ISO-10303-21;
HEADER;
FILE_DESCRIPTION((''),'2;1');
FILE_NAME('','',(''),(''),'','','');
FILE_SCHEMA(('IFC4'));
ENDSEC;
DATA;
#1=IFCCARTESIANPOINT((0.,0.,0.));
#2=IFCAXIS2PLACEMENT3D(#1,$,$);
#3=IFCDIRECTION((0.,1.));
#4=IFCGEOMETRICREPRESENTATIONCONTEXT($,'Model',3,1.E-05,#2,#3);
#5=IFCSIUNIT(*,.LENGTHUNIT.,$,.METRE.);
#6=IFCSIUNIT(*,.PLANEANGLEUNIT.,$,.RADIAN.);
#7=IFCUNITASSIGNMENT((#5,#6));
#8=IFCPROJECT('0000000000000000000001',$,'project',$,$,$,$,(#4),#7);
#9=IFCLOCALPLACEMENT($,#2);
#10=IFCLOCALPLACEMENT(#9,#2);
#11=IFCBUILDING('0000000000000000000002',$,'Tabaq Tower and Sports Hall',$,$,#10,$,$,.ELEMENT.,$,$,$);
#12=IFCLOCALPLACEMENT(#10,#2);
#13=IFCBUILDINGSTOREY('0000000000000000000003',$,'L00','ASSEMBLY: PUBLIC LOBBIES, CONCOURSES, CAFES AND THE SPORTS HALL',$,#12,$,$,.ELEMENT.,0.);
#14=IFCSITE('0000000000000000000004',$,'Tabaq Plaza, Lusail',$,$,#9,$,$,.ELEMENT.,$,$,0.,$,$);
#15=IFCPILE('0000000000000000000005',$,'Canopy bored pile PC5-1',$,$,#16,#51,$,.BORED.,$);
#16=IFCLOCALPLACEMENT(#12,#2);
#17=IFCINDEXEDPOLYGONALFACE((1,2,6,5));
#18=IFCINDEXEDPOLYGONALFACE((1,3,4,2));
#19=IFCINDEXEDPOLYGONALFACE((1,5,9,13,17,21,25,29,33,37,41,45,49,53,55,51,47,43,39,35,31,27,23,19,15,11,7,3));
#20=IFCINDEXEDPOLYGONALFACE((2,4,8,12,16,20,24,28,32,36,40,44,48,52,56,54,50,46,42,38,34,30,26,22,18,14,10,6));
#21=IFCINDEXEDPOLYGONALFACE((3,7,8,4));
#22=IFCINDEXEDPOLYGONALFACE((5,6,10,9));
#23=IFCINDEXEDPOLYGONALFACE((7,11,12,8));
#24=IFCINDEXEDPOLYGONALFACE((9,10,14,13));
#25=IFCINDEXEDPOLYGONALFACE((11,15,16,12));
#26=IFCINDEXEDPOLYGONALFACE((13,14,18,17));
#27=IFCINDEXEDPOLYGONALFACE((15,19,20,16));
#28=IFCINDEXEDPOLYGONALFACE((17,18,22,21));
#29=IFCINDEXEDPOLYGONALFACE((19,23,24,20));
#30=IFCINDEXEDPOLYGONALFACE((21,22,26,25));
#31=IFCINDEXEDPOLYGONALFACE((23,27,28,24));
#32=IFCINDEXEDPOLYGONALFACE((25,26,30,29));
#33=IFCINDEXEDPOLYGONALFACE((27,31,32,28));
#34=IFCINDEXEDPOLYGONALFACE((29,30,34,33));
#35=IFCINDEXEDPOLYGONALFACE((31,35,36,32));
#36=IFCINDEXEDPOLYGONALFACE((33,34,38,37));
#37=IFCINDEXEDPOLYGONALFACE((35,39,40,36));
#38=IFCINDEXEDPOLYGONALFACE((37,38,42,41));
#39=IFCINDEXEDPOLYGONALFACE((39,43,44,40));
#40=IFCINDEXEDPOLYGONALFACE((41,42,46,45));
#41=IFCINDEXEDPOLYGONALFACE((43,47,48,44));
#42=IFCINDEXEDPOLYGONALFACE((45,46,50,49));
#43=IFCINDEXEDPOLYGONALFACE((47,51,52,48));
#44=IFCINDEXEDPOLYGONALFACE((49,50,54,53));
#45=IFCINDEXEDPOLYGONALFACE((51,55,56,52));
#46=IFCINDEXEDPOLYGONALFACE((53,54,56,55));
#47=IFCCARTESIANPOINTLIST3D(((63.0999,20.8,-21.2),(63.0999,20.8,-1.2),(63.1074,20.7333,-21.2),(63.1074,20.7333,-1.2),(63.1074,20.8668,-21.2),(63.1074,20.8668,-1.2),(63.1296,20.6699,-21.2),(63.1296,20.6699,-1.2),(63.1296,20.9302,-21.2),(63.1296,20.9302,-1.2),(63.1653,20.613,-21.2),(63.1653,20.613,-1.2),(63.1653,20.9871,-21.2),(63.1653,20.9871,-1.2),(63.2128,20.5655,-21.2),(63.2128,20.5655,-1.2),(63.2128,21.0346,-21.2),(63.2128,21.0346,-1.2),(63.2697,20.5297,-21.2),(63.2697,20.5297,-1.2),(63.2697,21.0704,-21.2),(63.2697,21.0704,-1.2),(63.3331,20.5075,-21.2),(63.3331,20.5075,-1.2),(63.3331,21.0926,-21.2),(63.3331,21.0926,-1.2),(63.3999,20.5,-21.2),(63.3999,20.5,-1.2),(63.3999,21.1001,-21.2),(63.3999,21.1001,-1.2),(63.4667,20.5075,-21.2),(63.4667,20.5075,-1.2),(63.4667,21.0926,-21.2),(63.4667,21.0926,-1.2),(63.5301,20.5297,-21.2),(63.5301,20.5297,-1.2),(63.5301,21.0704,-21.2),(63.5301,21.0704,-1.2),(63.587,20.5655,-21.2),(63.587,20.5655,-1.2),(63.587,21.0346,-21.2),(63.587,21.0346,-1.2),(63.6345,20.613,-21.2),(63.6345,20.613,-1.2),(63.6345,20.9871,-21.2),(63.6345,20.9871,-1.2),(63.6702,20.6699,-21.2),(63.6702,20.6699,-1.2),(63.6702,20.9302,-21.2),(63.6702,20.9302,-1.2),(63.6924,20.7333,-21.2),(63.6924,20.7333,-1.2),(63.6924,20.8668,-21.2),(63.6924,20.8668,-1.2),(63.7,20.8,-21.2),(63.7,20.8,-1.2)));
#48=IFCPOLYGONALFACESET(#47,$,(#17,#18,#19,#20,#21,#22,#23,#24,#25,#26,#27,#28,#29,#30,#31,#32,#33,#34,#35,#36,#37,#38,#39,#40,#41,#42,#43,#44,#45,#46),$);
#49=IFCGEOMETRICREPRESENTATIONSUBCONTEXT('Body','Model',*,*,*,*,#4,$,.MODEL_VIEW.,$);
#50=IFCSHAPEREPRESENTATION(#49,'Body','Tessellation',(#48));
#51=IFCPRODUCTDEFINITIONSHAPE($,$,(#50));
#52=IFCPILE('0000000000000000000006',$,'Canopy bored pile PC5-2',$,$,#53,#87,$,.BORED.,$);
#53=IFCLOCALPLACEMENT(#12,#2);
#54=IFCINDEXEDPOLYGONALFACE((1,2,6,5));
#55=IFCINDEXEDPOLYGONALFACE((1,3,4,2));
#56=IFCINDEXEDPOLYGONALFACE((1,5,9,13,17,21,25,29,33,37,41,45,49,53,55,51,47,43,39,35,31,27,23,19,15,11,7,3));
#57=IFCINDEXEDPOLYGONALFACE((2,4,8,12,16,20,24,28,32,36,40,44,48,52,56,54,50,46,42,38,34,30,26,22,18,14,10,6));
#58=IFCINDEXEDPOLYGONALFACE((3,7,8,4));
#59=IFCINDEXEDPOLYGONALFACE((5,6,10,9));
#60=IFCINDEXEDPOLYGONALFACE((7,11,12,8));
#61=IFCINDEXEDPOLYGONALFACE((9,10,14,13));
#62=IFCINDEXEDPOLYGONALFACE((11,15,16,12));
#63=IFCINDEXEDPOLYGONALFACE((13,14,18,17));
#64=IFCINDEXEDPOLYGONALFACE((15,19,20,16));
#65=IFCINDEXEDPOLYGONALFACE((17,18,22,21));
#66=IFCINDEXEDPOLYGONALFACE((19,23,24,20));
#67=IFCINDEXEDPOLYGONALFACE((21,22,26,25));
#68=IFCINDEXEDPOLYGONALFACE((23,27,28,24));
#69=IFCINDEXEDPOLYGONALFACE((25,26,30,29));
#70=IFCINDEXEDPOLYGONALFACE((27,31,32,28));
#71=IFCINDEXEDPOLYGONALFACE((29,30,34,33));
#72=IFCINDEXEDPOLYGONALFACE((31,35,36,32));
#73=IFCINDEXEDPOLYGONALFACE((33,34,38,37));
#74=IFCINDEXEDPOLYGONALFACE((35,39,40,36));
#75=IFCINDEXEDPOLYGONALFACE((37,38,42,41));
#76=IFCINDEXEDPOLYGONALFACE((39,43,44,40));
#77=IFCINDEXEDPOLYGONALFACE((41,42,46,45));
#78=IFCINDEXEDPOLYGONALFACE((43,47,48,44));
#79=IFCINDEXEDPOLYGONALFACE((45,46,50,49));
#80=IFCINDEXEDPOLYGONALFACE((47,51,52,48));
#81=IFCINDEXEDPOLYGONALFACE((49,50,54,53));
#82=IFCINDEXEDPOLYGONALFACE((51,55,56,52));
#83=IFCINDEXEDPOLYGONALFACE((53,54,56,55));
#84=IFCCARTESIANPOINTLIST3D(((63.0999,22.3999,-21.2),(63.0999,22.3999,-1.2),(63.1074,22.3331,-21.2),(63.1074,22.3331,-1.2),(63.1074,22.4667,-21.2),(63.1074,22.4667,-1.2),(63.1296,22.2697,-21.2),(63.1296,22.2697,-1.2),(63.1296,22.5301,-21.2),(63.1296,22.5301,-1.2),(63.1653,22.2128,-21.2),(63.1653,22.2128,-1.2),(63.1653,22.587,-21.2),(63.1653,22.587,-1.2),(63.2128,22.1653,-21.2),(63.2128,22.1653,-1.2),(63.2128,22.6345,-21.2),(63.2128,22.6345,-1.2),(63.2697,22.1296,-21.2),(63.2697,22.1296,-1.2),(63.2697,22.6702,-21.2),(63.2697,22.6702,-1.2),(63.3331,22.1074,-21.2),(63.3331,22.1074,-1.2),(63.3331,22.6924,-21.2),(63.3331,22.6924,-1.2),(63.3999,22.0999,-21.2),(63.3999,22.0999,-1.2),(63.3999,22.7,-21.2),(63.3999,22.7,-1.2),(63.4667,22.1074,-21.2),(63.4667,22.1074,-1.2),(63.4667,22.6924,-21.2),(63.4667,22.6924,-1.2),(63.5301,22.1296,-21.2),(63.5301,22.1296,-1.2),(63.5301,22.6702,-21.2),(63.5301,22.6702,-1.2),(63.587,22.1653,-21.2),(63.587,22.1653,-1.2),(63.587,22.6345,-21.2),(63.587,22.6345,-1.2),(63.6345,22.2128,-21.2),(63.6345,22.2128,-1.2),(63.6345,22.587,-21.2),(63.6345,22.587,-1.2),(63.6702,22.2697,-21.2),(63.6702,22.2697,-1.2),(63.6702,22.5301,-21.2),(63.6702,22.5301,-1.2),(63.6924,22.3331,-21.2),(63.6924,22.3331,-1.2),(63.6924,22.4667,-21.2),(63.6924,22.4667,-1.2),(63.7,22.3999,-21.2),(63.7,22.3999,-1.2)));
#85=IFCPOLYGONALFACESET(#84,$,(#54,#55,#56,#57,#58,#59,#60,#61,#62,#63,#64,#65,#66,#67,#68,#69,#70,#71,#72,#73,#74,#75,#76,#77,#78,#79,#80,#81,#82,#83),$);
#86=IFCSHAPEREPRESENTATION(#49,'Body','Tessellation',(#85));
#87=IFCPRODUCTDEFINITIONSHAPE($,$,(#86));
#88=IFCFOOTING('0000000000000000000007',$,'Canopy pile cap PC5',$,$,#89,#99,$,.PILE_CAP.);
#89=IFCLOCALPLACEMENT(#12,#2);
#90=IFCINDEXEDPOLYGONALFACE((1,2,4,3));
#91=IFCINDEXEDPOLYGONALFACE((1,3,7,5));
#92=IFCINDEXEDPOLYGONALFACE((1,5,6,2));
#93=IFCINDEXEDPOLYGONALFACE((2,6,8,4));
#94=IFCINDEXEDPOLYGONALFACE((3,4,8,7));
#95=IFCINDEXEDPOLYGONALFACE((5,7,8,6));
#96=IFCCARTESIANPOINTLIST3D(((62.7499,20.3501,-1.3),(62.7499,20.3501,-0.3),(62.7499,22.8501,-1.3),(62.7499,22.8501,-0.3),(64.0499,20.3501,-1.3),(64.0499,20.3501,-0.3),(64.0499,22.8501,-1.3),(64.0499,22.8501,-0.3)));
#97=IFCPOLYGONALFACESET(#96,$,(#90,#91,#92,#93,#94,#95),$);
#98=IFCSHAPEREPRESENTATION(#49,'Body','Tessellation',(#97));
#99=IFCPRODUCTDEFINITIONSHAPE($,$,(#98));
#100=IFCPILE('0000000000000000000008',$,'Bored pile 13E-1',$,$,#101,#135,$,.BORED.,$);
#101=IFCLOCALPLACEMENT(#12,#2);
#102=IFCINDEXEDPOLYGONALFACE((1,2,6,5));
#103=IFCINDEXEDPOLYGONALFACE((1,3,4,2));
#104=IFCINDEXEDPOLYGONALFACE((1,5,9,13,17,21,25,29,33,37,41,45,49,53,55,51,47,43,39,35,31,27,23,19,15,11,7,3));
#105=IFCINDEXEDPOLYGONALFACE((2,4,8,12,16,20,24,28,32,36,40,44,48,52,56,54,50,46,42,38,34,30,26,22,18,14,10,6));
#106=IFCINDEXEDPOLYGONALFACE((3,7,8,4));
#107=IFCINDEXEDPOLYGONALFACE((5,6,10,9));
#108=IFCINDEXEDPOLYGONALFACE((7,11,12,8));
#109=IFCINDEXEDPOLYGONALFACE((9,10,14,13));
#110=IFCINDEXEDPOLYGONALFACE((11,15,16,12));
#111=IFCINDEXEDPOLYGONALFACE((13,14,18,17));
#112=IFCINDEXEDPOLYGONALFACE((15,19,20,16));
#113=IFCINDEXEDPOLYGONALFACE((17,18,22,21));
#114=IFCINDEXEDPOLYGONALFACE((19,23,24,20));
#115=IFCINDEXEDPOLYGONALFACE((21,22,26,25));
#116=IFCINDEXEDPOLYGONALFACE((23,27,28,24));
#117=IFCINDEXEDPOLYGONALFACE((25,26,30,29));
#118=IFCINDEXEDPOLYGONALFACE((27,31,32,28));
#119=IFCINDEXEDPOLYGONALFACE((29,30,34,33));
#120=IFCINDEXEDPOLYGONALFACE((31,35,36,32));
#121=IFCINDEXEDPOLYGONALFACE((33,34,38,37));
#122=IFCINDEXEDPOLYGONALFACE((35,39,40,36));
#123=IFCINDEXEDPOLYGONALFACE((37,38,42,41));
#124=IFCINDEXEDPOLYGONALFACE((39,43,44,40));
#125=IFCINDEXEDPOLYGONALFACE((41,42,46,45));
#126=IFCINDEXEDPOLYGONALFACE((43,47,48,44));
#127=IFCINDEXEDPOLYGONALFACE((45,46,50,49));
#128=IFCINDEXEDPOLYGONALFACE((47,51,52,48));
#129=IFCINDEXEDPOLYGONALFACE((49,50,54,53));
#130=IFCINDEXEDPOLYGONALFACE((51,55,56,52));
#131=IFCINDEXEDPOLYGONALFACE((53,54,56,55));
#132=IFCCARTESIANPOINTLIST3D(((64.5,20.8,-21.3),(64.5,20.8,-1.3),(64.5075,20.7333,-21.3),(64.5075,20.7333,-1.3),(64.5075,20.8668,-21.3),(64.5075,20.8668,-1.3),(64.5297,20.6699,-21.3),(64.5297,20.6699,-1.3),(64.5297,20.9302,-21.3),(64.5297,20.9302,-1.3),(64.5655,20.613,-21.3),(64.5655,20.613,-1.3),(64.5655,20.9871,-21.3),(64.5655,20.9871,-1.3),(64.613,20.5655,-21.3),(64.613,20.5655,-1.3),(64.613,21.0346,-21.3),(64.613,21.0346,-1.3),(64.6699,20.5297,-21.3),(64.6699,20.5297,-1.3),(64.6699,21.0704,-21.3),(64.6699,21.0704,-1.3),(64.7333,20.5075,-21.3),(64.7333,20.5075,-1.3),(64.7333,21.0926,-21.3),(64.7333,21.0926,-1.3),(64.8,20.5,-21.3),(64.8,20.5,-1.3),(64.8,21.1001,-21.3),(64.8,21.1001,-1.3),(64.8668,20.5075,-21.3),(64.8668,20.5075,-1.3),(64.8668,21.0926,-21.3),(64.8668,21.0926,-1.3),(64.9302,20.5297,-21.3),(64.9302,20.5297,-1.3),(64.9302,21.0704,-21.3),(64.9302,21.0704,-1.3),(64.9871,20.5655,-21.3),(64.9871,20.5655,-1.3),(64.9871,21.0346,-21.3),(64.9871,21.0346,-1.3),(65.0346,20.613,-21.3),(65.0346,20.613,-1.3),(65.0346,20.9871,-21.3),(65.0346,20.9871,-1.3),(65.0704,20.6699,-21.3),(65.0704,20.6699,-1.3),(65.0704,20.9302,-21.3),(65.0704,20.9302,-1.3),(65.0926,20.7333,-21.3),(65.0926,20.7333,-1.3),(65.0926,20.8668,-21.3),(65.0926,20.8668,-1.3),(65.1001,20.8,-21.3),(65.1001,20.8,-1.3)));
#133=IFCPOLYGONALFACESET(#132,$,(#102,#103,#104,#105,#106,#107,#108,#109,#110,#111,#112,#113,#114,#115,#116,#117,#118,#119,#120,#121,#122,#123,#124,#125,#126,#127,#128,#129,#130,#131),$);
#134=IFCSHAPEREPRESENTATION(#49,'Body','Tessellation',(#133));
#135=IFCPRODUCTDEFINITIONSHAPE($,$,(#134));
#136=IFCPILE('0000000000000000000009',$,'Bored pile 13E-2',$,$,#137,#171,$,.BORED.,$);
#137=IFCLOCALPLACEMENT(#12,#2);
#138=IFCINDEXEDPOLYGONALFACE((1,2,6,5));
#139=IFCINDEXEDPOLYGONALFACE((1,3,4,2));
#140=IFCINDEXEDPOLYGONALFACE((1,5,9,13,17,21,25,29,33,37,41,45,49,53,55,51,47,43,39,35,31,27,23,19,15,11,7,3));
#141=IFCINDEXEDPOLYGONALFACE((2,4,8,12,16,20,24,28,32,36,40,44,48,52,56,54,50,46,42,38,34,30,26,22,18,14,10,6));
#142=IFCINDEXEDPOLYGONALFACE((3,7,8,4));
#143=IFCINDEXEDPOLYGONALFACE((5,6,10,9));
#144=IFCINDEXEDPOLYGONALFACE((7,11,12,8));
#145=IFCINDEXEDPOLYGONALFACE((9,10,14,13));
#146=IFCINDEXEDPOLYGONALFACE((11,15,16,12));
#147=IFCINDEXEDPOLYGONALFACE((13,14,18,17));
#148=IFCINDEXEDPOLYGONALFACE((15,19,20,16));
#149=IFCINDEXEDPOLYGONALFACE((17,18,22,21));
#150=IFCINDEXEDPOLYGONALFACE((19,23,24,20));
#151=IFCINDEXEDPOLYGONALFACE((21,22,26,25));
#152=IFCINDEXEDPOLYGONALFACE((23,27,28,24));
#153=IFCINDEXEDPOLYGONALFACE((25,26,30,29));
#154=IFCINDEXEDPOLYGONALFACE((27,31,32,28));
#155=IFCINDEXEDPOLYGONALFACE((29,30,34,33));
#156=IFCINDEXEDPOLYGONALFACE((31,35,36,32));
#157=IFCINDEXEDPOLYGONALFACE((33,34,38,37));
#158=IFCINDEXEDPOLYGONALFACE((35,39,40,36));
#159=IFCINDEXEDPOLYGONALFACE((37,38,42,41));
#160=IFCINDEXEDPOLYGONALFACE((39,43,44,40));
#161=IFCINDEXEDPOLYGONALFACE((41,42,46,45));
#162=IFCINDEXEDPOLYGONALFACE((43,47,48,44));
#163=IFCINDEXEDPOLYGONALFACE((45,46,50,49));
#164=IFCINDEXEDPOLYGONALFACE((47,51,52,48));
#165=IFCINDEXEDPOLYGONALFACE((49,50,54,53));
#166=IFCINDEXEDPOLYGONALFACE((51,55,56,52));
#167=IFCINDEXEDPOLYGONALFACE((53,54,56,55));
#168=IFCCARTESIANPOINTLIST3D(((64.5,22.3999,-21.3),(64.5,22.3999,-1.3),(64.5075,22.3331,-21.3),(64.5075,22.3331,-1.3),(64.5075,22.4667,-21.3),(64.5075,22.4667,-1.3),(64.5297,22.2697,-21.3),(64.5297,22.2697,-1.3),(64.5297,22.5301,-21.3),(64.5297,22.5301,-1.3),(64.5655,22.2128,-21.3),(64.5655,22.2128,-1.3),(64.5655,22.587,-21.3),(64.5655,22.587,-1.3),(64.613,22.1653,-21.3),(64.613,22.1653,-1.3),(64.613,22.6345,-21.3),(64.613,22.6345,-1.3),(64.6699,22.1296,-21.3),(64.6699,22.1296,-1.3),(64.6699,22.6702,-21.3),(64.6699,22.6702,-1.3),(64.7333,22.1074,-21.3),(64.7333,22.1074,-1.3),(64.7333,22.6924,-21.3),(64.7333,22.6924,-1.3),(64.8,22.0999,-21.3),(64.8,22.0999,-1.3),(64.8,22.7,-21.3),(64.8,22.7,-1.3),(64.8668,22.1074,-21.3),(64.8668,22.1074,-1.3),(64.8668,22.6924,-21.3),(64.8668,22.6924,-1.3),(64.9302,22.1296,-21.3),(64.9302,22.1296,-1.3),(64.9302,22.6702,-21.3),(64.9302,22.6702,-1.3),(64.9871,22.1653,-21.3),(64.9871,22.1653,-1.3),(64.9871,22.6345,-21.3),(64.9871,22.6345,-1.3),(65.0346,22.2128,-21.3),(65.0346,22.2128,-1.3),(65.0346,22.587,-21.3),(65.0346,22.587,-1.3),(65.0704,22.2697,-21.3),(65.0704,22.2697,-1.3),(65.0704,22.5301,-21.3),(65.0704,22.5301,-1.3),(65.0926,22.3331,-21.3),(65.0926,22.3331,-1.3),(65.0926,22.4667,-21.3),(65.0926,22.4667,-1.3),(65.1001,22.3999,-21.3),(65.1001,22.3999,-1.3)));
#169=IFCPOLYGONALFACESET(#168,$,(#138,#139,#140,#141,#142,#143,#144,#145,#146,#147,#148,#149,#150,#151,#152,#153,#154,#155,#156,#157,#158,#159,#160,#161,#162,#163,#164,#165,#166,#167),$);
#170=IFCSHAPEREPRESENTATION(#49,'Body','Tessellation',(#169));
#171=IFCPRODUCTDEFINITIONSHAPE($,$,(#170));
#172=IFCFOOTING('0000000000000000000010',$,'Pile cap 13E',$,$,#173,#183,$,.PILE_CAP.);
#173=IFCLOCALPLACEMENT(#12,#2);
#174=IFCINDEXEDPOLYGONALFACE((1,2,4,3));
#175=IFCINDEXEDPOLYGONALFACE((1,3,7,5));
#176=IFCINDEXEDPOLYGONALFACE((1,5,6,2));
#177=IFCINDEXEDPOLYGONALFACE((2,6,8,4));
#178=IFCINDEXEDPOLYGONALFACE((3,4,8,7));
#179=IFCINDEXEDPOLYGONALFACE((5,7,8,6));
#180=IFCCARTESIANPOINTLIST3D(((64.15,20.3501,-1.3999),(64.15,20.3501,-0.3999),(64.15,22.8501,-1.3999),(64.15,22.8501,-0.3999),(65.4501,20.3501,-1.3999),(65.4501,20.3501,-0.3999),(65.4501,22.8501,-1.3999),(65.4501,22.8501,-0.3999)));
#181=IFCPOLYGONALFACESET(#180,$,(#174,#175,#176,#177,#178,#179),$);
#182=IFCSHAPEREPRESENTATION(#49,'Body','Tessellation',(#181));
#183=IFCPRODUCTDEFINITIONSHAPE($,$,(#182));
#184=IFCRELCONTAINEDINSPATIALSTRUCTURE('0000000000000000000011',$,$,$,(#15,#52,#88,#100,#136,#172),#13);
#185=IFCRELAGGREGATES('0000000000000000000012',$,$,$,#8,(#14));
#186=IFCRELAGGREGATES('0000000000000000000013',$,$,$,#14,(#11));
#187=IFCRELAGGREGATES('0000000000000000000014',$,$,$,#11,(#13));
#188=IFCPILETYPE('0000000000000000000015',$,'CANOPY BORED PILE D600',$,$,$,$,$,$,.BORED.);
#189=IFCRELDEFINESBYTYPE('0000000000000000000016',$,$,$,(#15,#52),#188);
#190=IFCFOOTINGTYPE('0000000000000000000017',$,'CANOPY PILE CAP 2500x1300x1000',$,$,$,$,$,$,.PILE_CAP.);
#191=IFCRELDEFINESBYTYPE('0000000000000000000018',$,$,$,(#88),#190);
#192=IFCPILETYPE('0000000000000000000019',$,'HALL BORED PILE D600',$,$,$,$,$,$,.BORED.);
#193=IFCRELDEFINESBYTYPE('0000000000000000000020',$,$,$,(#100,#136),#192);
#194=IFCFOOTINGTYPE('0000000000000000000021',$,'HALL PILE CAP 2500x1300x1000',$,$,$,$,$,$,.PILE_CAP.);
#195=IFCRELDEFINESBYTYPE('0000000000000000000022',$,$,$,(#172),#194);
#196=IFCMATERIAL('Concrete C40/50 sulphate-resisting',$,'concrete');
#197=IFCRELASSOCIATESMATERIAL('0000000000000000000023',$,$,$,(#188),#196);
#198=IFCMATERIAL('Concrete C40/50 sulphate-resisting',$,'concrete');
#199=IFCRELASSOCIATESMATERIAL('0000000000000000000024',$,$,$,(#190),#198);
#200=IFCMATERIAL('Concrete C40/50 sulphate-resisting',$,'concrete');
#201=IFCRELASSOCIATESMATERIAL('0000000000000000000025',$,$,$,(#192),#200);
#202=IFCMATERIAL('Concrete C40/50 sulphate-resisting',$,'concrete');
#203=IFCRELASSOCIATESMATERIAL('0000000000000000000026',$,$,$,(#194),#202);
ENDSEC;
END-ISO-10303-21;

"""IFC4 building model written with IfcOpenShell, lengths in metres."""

from ifc_helpers import new_model, si_unit, direction, frame, origin, origin_2d, place, context, subcontext, project, spatial, rectangle, circle, extrude, material, material_profile, profile_set, type_object, element, save


model = new_model("IFC4")

# Units and contexts
model_context = context("Model", 3, precision=1e-05, world=origin(), true_north=direction((0.0, 1.0)))
body_context = subcontext(model_context, "Body", "Model", "MODEL_VIEW")
ifc_project = project(units=[si_unit("LENGTHUNIT", "METRE"), si_unit("PLANEANGLEUNIT", "RADIAN")], contexts=[model_context])

# Site, building, storey
site_placement = place(None, origin())
site = spatial("IfcSite", under=ifc_project, at=site_placement, Name="Tabaq Plaza, Lusail", CompositionType="ELEMENT", RefElevation=0.0)
building_placement = place(site_placement, origin())
building = spatial("IfcBuilding", under=site, at=building_placement, Name="Tabaq Tower and Sports Hall", CompositionType="ELEMENT")
storey_placement = place(building_placement, origin())
storey = spatial("IfcBuildingStorey", under=building, at=storey_placement, Name="L00", Description="ASSEMBLY: PUBLIC LOBBIES, CONCOURSES, CAFES AND THE SPORTS HALL", CompositionType="ELEMENT", Elevation=0.0)

# Piles
ifc_material_1 = material(Name="Concrete C40/50 sulphate-resisting", Category="concrete")
ifc_material_profile_1 = material_profile(ifc_material_1, circle(Radius=0.3, at=origin_2d()), Name="D600")
ifc_profile_set_1 = profile_set([ifc_material_profile_1], Name="Concrete C40/50 sulphate-resisting")
pile_type_1 = type_object("IfcPileType", Name="CANOPY BORED PILE D600", PredefinedType="BORED", material=ifc_profile_set_1)
for number, where, z_axis, x_axis, name in (
    (1, (63.3999, 20.8, -1.2), (0.0, 0.0, -1.0), (1.0, 0.0, 0.0), "Canopy bored pile PC5-1"),
    (2, (63.3999, 22.3999, -1.2), (0.0, 0.0, -1.0), (1.0, 0.0, 0.0), "Canopy bored pile PC5-2"),
):
    element("IfcPile", number, at=place(storey_placement, frame(where, z_axis=z_axis, x_axis=x_axis)), inside=storey, type_object=pile_type_1, Name=name, PredefinedType="BORED", context=body_context, shape_type="SweptSolid", body=[
        extrude(circle(Radius=0.3, at=origin_2d()), origin(), (0.0, 0.0, 1.0), 20.0),
    ])

# Footing
ifc_material_2 = material(Name="Concrete C40/50 sulphate-resisting", Category="concrete")
footing_type_1 = type_object("IfcFootingType", Name="CANOPY PILE CAP 2500x1300x1000", PredefinedType="PILE_CAP", material=ifc_material_2)
footing_1_placement = place(storey_placement, frame((63.3999, 21.6001, -1.3), z_axis=(0.0, 0.0, 1.0), x_axis=(0.0, 1.0, 0.0)))
element("IfcFooting", 3, at=footing_1_placement, inside=storey, type_object=footing_type_1, Name="Canopy pile cap PC5", PredefinedType="PILE_CAP", context=body_context, shape_type="SweptSolid", body=[
    extrude(rectangle(XDim=2.5, YDim=1.3, at=origin_2d()), origin(), (0.0, 0.0, 1.0), 1.0),
])

# Piles
ifc_material_3 = material(Name="Concrete C40/50 sulphate-resisting", Category="concrete")
ifc_material_profile_2 = material_profile(ifc_material_3, circle(Radius=0.3, at=origin_2d()), Name="D600")
ifc_profile_set_2 = profile_set([ifc_material_profile_2], Name="Concrete C40/50 sulphate-resisting")
pile_type_2 = type_object("IfcPileType", Name="HALL BORED PILE D600", PredefinedType="BORED", material=ifc_profile_set_2)
for number, where, z_axis, x_axis, name in (
    (4, (64.8, 20.8, -1.3), (0.0, 0.0, -1.0), (1.0, 0.0, 0.0), "Bored pile 13E-1"),
    (5, (64.8, 22.3999, -1.3), (0.0, 0.0, -1.0), (1.0, 0.0, 0.0), "Bored pile 13E-2"),
):
    element("IfcPile", number, at=place(storey_placement, frame(where, z_axis=z_axis, x_axis=x_axis)), inside=storey, type_object=pile_type_2, Name=name, PredefinedType="BORED", context=body_context, shape_type="SweptSolid", body=[
        extrude(circle(Radius=0.3, at=origin_2d()), origin(), (0.0, 0.0, 1.0), 20.0),
    ])

# Footing
ifc_material_4 = material(Name="Concrete C40/50 sulphate-resisting", Category="concrete")
footing_type_2 = type_object("IfcFootingType", Name="HALL PILE CAP 2500x1300x1000", PredefinedType="PILE_CAP", material=ifc_material_4)
footing_2_placement = place(storey_placement, frame((64.8, 21.6001, -1.3999), z_axis=(0.0, 0.0, 1.0), x_axis=(0.0, 1.0, 0.0)))
element("IfcFooting", 6, at=footing_2_placement, inside=storey, type_object=footing_type_2, Name="Pile cap 13E", PredefinedType="PILE_CAP", context=body_context, shape_type="SweptSolid", body=[
    extrude(rectangle(XDim=2.5, YDim=1.3, at=origin_2d()), origin(), (0.0, 0.0, 1.0), 1.0),
])

save(model, "model.ifc")
